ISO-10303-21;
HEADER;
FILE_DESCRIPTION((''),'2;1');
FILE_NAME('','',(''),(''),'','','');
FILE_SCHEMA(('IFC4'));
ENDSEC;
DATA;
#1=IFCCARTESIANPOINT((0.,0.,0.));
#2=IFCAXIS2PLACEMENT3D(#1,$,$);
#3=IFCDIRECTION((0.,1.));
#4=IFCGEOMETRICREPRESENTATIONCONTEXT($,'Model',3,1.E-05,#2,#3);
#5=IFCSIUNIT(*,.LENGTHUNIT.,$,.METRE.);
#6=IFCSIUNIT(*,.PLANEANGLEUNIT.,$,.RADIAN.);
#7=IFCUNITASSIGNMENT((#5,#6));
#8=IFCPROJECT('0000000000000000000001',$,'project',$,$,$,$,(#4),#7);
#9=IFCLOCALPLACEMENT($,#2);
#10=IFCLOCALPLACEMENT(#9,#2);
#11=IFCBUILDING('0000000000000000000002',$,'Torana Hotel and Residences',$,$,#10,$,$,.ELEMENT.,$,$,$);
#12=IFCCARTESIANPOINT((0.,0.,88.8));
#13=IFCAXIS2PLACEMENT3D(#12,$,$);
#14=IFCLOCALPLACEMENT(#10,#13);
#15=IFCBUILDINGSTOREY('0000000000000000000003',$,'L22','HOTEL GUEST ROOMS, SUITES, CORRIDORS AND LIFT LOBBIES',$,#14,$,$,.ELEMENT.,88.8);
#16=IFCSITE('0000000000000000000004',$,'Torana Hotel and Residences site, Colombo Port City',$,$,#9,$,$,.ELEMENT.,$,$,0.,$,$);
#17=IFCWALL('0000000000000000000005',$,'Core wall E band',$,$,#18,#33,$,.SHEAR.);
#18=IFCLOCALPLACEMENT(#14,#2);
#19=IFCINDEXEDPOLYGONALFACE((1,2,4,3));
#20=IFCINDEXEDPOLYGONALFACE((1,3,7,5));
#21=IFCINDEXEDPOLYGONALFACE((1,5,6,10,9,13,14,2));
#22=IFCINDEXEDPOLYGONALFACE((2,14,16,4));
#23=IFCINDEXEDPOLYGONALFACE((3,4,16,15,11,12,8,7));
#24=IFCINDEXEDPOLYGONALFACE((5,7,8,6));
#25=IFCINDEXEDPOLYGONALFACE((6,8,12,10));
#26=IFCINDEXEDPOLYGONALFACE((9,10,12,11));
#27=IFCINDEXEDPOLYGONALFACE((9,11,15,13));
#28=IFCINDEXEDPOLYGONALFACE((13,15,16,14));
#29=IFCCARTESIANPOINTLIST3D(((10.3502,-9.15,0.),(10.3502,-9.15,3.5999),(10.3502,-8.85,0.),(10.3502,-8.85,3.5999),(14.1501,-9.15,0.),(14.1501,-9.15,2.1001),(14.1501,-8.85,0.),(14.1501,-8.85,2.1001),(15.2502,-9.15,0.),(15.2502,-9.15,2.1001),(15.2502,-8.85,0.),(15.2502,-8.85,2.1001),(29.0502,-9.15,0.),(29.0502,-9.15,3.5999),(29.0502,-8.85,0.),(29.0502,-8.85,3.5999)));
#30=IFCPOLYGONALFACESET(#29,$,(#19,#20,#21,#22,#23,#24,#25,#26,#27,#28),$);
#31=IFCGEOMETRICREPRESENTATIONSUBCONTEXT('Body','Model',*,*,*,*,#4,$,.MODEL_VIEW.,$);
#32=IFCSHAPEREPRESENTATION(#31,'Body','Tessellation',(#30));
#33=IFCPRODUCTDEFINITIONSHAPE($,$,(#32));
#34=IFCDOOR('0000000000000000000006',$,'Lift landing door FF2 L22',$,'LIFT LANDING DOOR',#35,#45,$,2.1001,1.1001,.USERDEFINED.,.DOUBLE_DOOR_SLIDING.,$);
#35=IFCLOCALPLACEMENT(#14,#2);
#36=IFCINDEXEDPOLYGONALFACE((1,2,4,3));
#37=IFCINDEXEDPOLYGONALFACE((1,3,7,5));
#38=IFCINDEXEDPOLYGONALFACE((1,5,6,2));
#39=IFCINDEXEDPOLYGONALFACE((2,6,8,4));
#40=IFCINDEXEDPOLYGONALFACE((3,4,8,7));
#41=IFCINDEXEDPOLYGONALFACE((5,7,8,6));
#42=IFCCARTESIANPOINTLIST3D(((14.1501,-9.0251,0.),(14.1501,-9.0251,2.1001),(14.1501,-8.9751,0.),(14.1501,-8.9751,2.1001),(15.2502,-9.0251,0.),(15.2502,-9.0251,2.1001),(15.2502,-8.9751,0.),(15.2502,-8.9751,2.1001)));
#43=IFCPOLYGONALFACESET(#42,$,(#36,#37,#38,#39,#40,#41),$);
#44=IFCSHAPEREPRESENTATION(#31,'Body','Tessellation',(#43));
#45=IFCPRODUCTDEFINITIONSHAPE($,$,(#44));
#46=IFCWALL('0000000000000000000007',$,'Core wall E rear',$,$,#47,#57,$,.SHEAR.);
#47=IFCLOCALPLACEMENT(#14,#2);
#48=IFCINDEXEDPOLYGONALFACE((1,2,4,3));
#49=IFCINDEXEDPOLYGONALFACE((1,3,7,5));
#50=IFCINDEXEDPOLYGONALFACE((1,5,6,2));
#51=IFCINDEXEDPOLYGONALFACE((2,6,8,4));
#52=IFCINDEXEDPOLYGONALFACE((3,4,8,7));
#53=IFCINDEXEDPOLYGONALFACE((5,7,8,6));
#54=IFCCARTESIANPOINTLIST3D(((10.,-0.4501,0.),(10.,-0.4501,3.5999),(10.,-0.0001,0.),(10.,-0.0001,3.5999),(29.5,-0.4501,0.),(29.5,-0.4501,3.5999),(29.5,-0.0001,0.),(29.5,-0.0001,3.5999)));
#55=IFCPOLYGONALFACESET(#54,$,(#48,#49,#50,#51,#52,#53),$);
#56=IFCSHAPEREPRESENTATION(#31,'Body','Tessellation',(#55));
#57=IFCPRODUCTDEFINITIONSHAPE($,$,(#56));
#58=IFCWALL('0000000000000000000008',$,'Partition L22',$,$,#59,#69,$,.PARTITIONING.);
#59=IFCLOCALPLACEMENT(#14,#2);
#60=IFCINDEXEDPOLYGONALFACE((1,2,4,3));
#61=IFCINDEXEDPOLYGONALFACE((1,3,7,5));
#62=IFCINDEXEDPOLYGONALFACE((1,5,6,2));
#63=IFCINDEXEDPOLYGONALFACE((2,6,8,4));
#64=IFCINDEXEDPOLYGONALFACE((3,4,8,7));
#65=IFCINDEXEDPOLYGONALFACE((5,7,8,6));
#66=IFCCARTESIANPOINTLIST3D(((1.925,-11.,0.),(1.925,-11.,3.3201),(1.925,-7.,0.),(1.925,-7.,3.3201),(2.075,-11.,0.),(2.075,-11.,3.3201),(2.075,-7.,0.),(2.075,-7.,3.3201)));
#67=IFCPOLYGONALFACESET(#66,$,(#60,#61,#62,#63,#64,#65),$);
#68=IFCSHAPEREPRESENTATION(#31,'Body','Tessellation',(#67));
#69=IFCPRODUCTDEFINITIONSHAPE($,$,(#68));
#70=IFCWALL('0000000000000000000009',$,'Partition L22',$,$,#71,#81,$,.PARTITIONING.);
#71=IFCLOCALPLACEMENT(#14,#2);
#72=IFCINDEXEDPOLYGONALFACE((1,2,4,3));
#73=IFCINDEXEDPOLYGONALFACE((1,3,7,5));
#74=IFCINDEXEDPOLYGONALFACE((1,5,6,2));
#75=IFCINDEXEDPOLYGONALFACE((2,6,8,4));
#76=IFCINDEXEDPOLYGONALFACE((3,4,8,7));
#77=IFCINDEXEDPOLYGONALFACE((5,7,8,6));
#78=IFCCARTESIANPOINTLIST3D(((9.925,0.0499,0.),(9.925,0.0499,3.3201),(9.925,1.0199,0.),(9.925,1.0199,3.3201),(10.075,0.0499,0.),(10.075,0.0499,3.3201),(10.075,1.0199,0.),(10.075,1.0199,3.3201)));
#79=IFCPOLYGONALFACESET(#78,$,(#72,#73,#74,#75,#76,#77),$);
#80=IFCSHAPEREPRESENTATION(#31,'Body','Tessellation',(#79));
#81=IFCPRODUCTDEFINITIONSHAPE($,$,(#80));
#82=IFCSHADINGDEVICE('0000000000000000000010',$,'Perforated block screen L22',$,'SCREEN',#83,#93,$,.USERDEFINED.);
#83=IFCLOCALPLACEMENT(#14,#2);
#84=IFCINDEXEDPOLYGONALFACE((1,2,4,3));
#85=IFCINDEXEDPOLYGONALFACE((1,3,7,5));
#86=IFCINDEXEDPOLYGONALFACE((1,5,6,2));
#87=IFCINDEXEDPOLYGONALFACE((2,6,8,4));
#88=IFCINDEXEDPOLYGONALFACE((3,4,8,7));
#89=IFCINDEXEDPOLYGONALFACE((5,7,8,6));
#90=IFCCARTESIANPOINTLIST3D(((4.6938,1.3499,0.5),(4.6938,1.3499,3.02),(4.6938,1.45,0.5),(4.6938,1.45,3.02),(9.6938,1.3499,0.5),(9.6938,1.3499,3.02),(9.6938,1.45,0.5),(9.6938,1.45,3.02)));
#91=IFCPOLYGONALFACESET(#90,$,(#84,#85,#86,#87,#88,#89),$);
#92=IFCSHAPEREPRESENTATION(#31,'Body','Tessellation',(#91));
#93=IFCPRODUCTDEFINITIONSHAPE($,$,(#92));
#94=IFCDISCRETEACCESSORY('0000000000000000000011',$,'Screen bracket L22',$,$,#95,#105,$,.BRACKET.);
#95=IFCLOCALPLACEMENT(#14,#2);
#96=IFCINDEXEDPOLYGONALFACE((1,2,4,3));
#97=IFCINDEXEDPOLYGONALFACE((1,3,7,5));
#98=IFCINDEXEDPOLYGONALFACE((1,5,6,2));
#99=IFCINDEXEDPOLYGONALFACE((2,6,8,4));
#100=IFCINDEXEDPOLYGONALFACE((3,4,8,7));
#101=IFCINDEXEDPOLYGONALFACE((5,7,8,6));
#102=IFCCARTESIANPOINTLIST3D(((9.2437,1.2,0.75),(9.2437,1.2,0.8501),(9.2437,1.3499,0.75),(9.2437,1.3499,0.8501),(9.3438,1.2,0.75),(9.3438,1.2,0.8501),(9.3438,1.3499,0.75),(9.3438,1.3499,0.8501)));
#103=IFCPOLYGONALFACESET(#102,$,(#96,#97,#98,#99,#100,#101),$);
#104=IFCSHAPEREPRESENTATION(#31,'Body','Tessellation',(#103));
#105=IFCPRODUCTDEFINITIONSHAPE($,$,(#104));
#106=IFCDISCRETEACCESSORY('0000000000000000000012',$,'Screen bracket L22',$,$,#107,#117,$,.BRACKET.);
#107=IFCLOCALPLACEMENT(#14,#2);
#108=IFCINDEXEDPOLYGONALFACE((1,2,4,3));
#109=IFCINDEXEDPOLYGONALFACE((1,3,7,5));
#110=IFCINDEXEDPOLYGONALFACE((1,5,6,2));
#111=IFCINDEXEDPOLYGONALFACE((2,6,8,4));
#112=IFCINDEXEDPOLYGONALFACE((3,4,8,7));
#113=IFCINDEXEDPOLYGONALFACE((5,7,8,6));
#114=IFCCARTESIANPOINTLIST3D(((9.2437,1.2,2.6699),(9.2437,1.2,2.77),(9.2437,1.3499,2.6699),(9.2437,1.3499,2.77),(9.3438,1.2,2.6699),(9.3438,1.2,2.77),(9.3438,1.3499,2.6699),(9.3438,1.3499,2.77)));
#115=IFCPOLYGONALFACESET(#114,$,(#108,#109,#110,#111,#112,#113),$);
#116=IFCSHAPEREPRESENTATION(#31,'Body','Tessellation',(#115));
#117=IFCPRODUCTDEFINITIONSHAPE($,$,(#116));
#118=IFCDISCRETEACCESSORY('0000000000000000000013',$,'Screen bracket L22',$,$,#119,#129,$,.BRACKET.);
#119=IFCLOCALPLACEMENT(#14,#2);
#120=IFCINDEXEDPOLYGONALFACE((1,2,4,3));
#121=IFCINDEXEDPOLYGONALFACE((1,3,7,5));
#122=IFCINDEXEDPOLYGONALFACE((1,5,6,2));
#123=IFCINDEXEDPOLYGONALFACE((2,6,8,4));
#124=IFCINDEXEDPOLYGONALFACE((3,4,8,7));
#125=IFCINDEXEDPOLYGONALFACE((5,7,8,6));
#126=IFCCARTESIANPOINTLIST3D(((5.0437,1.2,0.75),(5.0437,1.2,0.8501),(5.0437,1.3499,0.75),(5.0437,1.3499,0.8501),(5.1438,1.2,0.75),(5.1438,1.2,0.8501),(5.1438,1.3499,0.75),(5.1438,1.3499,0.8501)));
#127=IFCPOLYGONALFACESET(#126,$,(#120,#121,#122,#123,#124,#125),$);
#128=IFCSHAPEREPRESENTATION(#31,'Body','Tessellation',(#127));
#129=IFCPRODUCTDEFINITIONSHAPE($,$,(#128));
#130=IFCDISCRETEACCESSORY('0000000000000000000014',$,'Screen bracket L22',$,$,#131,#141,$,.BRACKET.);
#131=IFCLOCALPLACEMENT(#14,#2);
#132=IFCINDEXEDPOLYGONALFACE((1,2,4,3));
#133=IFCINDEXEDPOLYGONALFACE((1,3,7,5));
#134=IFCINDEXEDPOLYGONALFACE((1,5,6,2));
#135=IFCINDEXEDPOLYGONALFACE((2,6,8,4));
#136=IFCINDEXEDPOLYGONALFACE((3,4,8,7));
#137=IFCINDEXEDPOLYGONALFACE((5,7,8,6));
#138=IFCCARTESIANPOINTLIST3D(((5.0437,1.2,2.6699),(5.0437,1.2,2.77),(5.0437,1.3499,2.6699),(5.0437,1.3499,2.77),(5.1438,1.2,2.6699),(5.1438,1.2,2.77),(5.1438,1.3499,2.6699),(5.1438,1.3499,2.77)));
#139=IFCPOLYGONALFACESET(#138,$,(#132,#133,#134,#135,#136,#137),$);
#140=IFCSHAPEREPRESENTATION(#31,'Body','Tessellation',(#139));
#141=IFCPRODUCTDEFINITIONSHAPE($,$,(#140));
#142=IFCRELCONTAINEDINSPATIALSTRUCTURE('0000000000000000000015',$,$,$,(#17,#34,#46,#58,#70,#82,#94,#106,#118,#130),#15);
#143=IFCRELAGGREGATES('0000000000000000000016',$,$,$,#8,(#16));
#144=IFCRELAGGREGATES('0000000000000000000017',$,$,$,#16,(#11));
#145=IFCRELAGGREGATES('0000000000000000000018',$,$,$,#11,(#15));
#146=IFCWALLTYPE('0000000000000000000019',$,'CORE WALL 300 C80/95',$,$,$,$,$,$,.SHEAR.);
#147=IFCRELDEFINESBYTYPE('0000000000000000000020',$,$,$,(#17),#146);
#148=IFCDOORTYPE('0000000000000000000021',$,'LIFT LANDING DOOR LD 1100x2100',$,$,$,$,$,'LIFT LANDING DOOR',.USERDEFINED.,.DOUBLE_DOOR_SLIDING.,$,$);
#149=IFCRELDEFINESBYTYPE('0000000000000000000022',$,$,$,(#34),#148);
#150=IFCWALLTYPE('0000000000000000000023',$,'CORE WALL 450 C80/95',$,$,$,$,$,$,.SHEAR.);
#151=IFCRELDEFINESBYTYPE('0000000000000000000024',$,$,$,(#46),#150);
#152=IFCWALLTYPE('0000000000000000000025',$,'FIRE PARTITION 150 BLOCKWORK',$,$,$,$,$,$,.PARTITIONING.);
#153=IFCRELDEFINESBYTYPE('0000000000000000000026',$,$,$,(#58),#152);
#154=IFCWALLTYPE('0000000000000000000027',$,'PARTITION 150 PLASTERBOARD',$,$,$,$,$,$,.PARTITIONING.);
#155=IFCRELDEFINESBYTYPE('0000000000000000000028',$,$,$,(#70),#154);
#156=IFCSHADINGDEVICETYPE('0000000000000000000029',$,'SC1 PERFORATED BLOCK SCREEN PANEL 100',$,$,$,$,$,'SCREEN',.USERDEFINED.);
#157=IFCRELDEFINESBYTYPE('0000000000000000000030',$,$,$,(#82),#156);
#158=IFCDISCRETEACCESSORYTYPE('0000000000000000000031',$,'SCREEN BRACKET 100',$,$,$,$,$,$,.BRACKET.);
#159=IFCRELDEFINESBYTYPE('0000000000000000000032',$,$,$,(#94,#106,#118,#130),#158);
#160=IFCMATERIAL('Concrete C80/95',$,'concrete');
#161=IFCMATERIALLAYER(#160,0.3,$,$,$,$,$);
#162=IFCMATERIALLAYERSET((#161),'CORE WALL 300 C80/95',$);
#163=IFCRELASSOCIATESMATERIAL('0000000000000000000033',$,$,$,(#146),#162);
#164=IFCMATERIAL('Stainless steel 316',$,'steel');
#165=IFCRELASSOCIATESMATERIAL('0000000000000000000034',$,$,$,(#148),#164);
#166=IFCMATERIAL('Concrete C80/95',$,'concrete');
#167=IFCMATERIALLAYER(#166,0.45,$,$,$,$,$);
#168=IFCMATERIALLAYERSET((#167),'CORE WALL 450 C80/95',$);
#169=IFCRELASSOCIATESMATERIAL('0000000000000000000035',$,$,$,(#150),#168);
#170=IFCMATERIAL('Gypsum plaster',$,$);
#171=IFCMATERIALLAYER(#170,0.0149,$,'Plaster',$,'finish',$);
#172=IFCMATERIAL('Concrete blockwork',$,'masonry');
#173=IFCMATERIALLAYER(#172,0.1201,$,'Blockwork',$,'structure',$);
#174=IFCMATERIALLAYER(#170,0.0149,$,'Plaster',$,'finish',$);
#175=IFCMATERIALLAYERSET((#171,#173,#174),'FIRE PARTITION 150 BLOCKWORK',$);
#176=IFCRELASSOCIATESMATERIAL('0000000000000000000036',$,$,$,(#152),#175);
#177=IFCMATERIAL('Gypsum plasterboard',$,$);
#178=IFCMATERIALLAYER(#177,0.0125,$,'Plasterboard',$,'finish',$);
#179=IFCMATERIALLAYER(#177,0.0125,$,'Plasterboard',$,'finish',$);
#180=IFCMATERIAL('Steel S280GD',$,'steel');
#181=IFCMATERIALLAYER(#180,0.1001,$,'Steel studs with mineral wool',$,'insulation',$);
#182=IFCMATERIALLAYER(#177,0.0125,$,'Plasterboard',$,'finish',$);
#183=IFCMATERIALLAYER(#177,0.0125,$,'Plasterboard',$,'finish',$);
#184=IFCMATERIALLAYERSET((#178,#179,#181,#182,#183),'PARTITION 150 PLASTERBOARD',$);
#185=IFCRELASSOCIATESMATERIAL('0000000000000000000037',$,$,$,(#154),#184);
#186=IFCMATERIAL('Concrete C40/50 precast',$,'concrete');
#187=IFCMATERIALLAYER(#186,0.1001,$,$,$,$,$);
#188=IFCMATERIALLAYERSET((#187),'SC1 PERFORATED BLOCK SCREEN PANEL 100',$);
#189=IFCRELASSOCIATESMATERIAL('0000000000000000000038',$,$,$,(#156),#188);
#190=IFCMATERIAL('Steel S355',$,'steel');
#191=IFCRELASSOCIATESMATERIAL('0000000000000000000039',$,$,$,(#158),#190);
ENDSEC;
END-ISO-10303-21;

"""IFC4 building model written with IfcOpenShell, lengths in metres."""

from ifc_helpers import new_model, si_unit, direction, frame, frame_2d, origin, origin_2d, place, context, subcontext, project, spatial, rectangle, extrude, material, layer, layer_set, type_object, element, fill, save


model = new_model("IFC4")

# Units and contexts
model_context = context("Model", 3, precision=1e-05, world=origin(), true_north=direction((0.0, 1.0)))
body_context = subcontext(model_context, "Body", "Model", "MODEL_VIEW")
ifc_project = project(units=[si_unit("LENGTHUNIT", "METRE"), si_unit("PLANEANGLEUNIT", "RADIAN")], contexts=[model_context])

# Site, building, storey
site_placement = place(None, origin())
site = spatial("IfcSite", under=ifc_project, at=site_placement, Name="Torana Hotel and Residences site, Colombo Port City", CompositionType="ELEMENT", RefElevation=0.0)
building_placement = place(site_placement, origin())
building = spatial("IfcBuilding", under=site, at=building_placement, Name="Torana Hotel and Residences", CompositionType="ELEMENT")
storey_placement = place(building_placement, frame((0.0, 0.0, 88.8)))
storey = spatial("IfcBuildingStorey", under=building, at=storey_placement, Name="L22", Description="HOTEL GUEST ROOMS, SUITES, CORRIDORS AND LIFT LOBBIES", CompositionType="ELEMENT", Elevation=88.8)

# Wall, opening, door
ifc_material_1 = material(Name="Concrete C80/95", Category="concrete")
ifc_layer_1 = layer(ifc_material_1, 0.3)
ifc_layer_set_1 = layer_set([ifc_layer_1], Name="CORE WALL 300 C80/95")
wall_type_1 = type_object("IfcWallType", Name="CORE WALL 300 C80/95", PredefinedType="SHEAR", material=ifc_layer_set_1)
wall_1_placement = place(storey_placement, frame((10.3501, -9.0, 0.0), z_axis=(0.0, 0.0, 1.0), x_axis=(1.0, 0.0, 0.0)))
wall_1 = element("IfcWall", 1, at=wall_1_placement, inside=storey, type_object=wall_type_1, Name="Core wall E band", PredefinedType="SHEAR", context=body_context, shape_type="SweptSolid", body=[
    extrude(rectangle(XDim=18.7, YDim=0.3, at=frame_2d((9.3501, 0.0))), origin(), (0.0, 0.0, 1.0), 3.5999),
])
opening_placement = place(wall_1_placement, frame((3.8, 0.0, 0.0)))
opening = element("IfcOpeningElement", 2, at=opening_placement, cuts=wall_1, PredefinedType="OPENING", context=body_context, shape_type="SweptSolid", body=[
    extrude(rectangle(XDim=1.1001, YDim=2.1001, at=frame_2d((0.55, 1.05))), frame((0.0, 0.1599, 0.0), z_axis=(0.0, -1.0, 0.0), x_axis=(1.0, 0.0, 0.0)), (0.0, 0.0, 1.0), 0.3201),
])
ifc_material_2 = material(Name="Stainless steel 316", Category="steel")
door_type = type_object("IfcDoorType", Name="LIFT LANDING DOOR LD 1100x2100", ElementType="LIFT LANDING DOOR", OperationType="DOUBLE_DOOR_SLIDING", PredefinedType="USERDEFINED", material=ifc_material_2)
door_placement = place(opening_placement, origin())
door = element("IfcDoor", 3, at=door_placement, inside=storey, type_object=door_type, Name="Lift landing door FF2 L22", ObjectType="LIFT LANDING DOOR", OperationType="DOUBLE_DOOR_SLIDING", OverallHeight=2.1001, OverallWidth=1.1001, PredefinedType="USERDEFINED", context=body_context, shape_type="SweptSolid", body=[
    extrude(rectangle(XDim=1.1001, YDim=2.1001, at=frame_2d((0.55, 1.05))), frame((0.0, 0.0249, 0.0), z_axis=(0.0, -1.0, 0.0), x_axis=(1.0, 0.0, 0.0)), (0.0, 0.0, 1.0), 0.05),
])
fill(opening, door)

# Walls
ifc_material_3 = material(Name="Concrete C80/95", Category="concrete")
ifc_layer_2 = layer(ifc_material_3, 0.45)
ifc_layer_set_2 = layer_set([ifc_layer_2], Name="CORE WALL 450 C80/95")
wall_type_2 = type_object("IfcWallType", Name="CORE WALL 450 C80/95", PredefinedType="SHEAR", material=ifc_layer_set_2)
wall_2_placement = place(storey_placement, frame((10.0, -0.2251, 0.0), z_axis=(0.0, 0.0, 1.0), x_axis=(1.0, 0.0, 0.0)))
element("IfcWall", 4, at=wall_2_placement, inside=storey, type_object=wall_type_2, Name="Core wall E rear", PredefinedType="SHEAR", context=body_context, shape_type="SweptSolid", body=[
    extrude(rectangle(XDim=19.5, YDim=0.45, at=frame_2d((9.75, 0.0))), origin(), (0.0, 0.0, 1.0), 3.5999),
])
ifc_material_4 = material(Name="Gypsum plaster")
ifc_layer_3 = layer(ifc_material_4, 0.0149, Name="Plaster", Category="finish")
ifc_material_5 = material(Name="Concrete blockwork", Category="masonry")
ifc_layer_4 = layer(ifc_material_5, 0.1201, Name="Blockwork", Category="structure")
ifc_layer_5 = layer(ifc_material_4, 0.0149, Name="Plaster", Category="finish")
ifc_layer_set_3 = layer_set([ifc_layer_3, ifc_layer_4, ifc_layer_5], Name="FIRE PARTITION 150 BLOCKWORK")
wall_type_3 = type_object("IfcWallType", Name="FIRE PARTITION 150 BLOCKWORK", PredefinedType="PARTITIONING", material=ifc_layer_set_3)
wall_3_placement = place(storey_placement, frame((2.0, -11.0, 0.0), z_axis=(0.0, 0.0, 1.0), x_axis=(0.0, 1.0, 0.0)))
element("IfcWall", 5, at=wall_3_placement, inside=storey, type_object=wall_type_3, Name="Partition L22", PredefinedType="PARTITIONING", context=body_context, shape_type="SweptSolid", body=[
    extrude(rectangle(XDim=4.0, YDim=0.1499, at=frame_2d((2.0, 0.0))), origin(), (0.0, 0.0, 1.0), 3.3201),
])
ifc_material_6 = material(Name="Gypsum plasterboard")
ifc_layer_6 = layer(ifc_material_6, 0.0125, Name="Plasterboard", Category="finish")
ifc_layer_7 = layer(ifc_material_6, 0.0125, Name="Plasterboard", Category="finish")
ifc_material_7 = material(Name="Steel S280GD", Category="steel")
ifc_layer_8 = layer(ifc_material_7, 0.1001, Name="Steel studs with mineral wool", Category="insulation")
ifc_layer_9 = layer(ifc_material_6, 0.0125, Name="Plasterboard", Category="finish")
ifc_layer_10 = layer(ifc_material_6, 0.0125, Name="Plasterboard", Category="finish")
ifc_layer_set_4 = layer_set([ifc_layer_6, ifc_layer_7, ifc_layer_8, ifc_layer_9, ifc_layer_10], Name="PARTITION 150 PLASTERBOARD")
wall_type_4 = type_object("IfcWallType", Name="PARTITION 150 PLASTERBOARD", PredefinedType="PARTITIONING", material=ifc_layer_set_4)
wall_4_placement = place(storey_placement, frame((10.0, 0.05, 0.0), z_axis=(0.0, 0.0, 1.0), x_axis=(0.0, 1.0, 0.0)))
element("IfcWall", 6, at=wall_4_placement, inside=storey, type_object=wall_type_4, Name="Partition L22", PredefinedType="PARTITIONING", context=body_context, shape_type="SweptSolid", body=[
    extrude(rectangle(XDim=0.97, YDim=0.1499, at=frame_2d((0.4849, 0.0))), origin(), (0.0, 0.0, 1.0), 3.3201),
])

# Shading device
ifc_material_8 = material(Name="Concrete C40/50 precast", Category="concrete")
ifc_layer_11 = layer(ifc_material_8, 0.1001)
ifc_layer_set_5 = layer_set([ifc_layer_11], Name="SC1 PERFORATED BLOCK SCREEN PANEL 100")
shading_device_type = type_object("IfcShadingDeviceType", Name="SC1 PERFORATED BLOCK SCREEN PANEL 100", ElementType="SCREEN", PredefinedType="USERDEFINED", material=ifc_layer_set_5)
shading_device_placement = place(storey_placement, frame((7.1938, 1.3999, 0.5), z_axis=(0.0, 0.0, 1.0), x_axis=(-1.0, 0.0, 0.0)))
element("IfcShadingDevice", 7, at=shading_device_placement, inside=storey, type_object=shading_device_type, Name="Perforated block screen L22", ObjectType="SCREEN", PredefinedType="USERDEFINED", context=body_context, shape_type="SweptSolid", body=[
    extrude(rectangle(XDim=5.0, YDim=0.1001, at=origin_2d()), origin(), (0.0, 0.0, 1.0), 2.52),
])

# Discrete accessories
ifc_material_9 = material(Name="Steel S355", Category="steel")
discrete_accessory_type = type_object("IfcDiscreteAccessoryType", Name="SCREEN BRACKET 100", PredefinedType="BRACKET", material=ifc_material_9)
for number, where, z_axis, x_axis, name in (
    (8, (9.2937, 1.2749, 0.75), (0.0, 0.0, 1.0), (-1.0, 0.0, 0.0), "Screen bracket L22"),
    (9, (9.2937, 1.2749, 2.6699), (0.0, 0.0, 1.0), (-1.0, 0.0, 0.0), "Screen bracket L22"),
    (10, (5.0938, 1.2749, 0.75), (0.0, 0.0, 1.0), (-1.0, 0.0, 0.0), "Screen bracket L22"),
    (11, (5.0938, 1.2749, 2.6699), (0.0, 0.0, 1.0), (-1.0, 0.0, 0.0), "Screen bracket L22"),
):
    element("IfcDiscreteAccessory", number, at=place(storey_placement, frame(where, z_axis=z_axis, x_axis=x_axis)), inside=storey, type_object=discrete_accessory_type, Name=name, PredefinedType="BRACKET", context=body_context, shape_type="SweptSolid", body=[
        extrude(rectangle(XDim=0.1001, YDim=0.1499, at=origin_2d()), origin(), (0.0, 0.0, 1.0), 0.1001),
    ])

save(model, "model.ifc")
